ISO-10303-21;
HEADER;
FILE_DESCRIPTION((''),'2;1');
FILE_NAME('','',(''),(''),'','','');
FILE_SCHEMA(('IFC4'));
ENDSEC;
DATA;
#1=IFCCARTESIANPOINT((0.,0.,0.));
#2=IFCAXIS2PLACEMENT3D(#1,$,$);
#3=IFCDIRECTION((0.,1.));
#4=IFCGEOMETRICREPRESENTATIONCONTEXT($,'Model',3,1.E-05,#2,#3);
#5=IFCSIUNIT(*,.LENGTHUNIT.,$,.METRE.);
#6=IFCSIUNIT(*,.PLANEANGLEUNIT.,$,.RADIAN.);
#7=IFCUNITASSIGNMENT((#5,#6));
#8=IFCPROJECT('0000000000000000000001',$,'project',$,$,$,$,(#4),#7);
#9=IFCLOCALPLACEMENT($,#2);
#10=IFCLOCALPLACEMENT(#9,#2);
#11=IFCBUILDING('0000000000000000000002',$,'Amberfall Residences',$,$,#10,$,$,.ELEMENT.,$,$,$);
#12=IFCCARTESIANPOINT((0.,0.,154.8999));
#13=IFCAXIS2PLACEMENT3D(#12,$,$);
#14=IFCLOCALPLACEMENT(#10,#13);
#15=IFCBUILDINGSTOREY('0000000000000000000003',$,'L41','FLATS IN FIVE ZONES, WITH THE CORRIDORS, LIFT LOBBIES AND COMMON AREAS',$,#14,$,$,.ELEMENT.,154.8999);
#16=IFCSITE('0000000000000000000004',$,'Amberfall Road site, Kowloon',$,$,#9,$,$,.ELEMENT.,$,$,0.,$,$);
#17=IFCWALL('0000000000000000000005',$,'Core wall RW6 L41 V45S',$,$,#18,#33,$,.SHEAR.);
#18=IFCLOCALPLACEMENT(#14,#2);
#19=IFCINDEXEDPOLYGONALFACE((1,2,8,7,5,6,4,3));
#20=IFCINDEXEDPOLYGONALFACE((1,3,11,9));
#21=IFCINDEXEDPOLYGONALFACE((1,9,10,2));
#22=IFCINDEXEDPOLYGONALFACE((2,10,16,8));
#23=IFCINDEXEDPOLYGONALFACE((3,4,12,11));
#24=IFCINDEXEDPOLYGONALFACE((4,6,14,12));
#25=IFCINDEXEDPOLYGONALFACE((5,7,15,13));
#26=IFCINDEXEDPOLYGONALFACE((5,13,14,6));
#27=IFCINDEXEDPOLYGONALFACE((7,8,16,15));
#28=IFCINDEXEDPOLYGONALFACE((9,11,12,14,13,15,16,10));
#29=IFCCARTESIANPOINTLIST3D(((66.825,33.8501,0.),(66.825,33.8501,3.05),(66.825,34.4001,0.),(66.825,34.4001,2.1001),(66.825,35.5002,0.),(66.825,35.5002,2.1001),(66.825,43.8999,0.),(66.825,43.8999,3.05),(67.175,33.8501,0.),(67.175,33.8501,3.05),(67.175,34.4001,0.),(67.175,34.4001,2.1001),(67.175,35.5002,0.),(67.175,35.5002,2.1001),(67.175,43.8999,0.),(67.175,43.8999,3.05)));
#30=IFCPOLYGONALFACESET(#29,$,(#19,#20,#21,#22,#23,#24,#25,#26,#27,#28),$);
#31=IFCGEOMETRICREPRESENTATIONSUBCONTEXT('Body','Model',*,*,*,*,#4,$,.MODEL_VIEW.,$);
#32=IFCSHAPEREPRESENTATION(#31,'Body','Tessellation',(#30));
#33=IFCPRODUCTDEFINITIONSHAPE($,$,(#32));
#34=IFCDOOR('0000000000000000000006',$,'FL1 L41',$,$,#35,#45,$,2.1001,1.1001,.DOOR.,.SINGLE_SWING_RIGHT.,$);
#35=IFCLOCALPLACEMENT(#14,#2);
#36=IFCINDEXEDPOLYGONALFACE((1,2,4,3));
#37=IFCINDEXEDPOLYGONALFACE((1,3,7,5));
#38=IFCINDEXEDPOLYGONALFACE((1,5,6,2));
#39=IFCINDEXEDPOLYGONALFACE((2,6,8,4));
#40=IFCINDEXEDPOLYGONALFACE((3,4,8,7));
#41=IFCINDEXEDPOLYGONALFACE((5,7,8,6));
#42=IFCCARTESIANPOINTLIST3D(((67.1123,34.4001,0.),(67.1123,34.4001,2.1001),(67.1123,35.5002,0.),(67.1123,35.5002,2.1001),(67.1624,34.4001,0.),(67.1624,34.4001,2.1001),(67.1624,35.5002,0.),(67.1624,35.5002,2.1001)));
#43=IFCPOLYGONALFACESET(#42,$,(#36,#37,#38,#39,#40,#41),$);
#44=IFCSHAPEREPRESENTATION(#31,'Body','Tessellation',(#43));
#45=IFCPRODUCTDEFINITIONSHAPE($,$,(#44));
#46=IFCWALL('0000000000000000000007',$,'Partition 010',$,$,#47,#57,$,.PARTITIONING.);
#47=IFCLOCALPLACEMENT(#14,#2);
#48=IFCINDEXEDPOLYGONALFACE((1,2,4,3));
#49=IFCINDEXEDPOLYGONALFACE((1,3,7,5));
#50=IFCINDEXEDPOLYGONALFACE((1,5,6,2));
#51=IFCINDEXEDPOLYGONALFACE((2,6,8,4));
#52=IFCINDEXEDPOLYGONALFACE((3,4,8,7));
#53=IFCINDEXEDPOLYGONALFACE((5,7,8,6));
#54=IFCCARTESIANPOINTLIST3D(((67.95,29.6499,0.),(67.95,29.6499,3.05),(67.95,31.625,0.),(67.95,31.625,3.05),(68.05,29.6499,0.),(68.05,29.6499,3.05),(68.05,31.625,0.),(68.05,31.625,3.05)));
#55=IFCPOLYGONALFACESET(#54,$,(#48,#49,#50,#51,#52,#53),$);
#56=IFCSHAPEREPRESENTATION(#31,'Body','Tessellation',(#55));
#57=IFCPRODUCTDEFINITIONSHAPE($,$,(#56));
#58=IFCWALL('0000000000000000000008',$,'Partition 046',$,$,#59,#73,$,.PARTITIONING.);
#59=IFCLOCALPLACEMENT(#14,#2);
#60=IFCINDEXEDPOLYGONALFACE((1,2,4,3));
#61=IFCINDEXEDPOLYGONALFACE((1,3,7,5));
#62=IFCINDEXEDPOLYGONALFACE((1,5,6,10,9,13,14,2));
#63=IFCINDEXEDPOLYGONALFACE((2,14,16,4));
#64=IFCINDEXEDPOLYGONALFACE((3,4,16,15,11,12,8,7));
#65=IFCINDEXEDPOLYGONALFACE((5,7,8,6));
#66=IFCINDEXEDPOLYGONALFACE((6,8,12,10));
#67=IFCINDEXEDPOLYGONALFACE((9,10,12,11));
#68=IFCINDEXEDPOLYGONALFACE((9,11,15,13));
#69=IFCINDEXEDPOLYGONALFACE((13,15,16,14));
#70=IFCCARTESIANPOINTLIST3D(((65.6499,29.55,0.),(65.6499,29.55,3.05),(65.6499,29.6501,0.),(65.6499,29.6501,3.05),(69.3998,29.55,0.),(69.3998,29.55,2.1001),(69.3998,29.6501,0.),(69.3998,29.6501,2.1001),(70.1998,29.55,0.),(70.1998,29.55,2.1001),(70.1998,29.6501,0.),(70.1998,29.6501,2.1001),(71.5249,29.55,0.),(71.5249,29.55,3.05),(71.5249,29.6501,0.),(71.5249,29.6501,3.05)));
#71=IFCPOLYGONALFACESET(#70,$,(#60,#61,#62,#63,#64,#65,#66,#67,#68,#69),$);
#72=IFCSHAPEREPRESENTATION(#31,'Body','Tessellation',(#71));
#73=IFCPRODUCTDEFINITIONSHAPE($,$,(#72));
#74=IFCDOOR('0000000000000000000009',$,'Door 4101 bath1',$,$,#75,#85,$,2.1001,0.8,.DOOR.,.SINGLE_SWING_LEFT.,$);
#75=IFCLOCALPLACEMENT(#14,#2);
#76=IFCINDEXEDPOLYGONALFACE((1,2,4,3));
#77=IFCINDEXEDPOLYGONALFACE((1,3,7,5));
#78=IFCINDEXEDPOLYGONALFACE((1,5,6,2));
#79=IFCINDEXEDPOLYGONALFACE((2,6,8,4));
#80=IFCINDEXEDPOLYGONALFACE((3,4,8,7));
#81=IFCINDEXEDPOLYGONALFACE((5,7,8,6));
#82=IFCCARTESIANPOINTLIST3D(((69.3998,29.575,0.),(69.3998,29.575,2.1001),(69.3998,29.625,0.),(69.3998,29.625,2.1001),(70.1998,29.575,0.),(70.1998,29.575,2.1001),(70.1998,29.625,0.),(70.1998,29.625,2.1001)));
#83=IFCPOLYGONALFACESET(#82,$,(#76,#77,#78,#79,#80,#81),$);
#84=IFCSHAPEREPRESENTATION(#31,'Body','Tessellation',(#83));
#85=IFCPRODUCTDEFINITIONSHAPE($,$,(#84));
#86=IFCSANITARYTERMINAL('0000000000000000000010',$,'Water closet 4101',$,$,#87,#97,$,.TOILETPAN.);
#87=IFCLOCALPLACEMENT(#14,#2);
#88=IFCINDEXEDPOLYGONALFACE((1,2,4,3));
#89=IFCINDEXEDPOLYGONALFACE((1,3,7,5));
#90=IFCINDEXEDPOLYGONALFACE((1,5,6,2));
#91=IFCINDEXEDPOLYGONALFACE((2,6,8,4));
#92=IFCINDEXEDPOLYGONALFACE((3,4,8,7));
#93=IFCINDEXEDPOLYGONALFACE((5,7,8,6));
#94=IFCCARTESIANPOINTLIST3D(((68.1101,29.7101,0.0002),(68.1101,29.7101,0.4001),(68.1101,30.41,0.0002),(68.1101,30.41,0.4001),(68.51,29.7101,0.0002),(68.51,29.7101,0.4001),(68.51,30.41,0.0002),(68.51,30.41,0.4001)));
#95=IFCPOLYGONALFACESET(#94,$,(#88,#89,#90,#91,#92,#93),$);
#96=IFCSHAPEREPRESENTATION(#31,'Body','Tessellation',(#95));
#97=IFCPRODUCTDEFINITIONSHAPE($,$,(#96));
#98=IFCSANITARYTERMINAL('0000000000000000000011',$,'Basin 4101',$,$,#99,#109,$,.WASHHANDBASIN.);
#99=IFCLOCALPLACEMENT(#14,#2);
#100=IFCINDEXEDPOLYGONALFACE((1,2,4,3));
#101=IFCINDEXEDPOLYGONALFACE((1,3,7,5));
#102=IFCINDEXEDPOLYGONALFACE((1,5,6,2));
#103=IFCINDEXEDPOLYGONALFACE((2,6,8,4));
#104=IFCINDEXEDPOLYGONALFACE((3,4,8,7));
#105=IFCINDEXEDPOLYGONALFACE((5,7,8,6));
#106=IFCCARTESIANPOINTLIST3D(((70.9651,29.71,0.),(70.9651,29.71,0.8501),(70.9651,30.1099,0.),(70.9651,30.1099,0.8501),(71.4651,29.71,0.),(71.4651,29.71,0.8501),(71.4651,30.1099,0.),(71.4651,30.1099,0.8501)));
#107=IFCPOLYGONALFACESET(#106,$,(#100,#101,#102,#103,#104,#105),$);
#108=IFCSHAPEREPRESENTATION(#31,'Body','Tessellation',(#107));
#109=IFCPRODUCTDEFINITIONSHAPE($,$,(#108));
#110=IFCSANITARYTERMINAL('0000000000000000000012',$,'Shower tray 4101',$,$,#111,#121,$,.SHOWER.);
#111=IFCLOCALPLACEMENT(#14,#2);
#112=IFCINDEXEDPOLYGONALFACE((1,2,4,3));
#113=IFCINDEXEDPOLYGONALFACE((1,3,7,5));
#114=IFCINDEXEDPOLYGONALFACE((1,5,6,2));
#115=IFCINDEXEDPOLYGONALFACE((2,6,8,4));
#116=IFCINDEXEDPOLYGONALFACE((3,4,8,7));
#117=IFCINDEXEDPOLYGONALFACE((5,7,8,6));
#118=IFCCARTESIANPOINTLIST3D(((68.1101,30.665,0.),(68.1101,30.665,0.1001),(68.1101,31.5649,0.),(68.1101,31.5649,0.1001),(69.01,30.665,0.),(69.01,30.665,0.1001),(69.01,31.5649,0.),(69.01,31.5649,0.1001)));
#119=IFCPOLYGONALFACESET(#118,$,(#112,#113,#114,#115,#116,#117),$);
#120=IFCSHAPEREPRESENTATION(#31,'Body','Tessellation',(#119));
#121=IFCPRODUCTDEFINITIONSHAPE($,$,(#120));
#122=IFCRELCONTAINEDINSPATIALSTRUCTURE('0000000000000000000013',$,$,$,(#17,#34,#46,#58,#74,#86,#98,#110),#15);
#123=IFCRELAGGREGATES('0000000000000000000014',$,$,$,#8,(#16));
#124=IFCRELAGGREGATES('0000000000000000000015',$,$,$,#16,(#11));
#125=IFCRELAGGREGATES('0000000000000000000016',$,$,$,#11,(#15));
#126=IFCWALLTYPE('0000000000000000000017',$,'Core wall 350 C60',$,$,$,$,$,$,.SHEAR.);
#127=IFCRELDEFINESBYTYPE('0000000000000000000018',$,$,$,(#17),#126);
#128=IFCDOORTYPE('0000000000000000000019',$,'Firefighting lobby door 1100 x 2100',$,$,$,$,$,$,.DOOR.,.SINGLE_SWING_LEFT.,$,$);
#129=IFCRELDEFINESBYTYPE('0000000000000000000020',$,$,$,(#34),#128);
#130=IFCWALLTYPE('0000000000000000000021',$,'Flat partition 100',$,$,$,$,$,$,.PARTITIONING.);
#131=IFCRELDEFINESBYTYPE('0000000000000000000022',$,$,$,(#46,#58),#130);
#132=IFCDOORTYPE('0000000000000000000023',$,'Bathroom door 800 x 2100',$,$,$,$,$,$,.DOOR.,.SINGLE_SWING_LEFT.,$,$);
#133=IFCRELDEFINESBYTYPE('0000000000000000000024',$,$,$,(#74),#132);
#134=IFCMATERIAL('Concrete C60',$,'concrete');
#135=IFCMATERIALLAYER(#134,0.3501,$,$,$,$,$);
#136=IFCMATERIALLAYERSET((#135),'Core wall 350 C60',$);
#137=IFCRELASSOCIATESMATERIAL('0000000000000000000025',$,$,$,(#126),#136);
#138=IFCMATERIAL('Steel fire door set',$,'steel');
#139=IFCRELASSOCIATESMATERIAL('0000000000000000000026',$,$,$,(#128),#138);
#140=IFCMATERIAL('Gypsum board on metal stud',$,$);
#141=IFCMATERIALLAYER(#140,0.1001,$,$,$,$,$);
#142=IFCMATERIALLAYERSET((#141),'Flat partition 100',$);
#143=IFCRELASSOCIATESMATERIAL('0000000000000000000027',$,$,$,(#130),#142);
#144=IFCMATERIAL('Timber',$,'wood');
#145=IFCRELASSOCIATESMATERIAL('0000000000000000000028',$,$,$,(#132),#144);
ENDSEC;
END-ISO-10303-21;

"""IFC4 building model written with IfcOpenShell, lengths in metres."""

from ifc_helpers import new_model, si_unit, direction, frame, frame_2d, origin, origin_2d, place, context, subcontext, project, spatial, rectangle, extrude, material, layer, layer_set, type_object, element, fill, save


model = new_model("IFC4")

# Units and contexts
model_context = context("Model", 3, precision=1e-05, world=origin(), true_north=direction((0.0, 1.0)))
body_context = subcontext(model_context, "Body", "Model", "MODEL_VIEW")
ifc_project = project(units=[si_unit("LENGTHUNIT", "METRE"), si_unit("PLANEANGLEUNIT", "RADIAN")], contexts=[model_context])

# Site, building, storey
site_placement = place(None, origin())
site = spatial("IfcSite", under=ifc_project, at=site_placement, Name="Amberfall Road site, Kowloon", CompositionType="ELEMENT", RefElevation=0.0)
building_placement = place(site_placement, origin())
building = spatial("IfcBuilding", under=site, at=building_placement, Name="Amberfall Residences", CompositionType="ELEMENT")
storey_placement = place(building_placement, frame((0.0, 0.0, 154.8999)))
storey = spatial("IfcBuildingStorey", under=building, at=storey_placement, Name="L41", Description="FLATS IN FIVE ZONES, WITH THE CORRIDORS, LIFT LOBBIES AND COMMON AREAS", CompositionType="ELEMENT", Elevation=154.8999)

# Wall, opening, door
ifc_material_1 = material(Name="Concrete C60", Category="concrete")
ifc_layer_1 = layer(ifc_material_1, 0.3501)
ifc_layer_set_1 = layer_set([ifc_layer_1], Name="Core wall 350 C60")
wall_type_1 = type_object("IfcWallType", Name="Core wall 350 C60", PredefinedType="SHEAR", material=ifc_layer_set_1)
wall_1_placement = place(storey_placement, frame((67.0, 33.8501, 0.0), z_axis=(0.0, 0.0, 1.0), x_axis=(0.0, 1.0, 0.0)))
wall_1 = element("IfcWall", 1, at=wall_1_placement, inside=storey, type_object=wall_type_1, Name="Core wall RW6 L41 V45S", PredefinedType="SHEAR", context=body_context, shape_type="SweptSolid", body=[
    extrude(rectangle(XDim=10.0498, YDim=0.3501, at=frame_2d((5.0249, 0.0))), origin(), (0.0, 0.0, 1.0), 3.05),
])
opening_1_placement = place(wall_1_placement, frame((0.55, 0.0, 0.0)))
opening_1 = element("IfcOpeningElement", 2, at=opening_1_placement, cuts=wall_1, PredefinedType="OPENING", context=body_context, shape_type="SweptSolid", body=[
    extrude(rectangle(XDim=1.1001, YDim=2.1001, at=frame_2d((0.55, 1.05))), frame((0.0, 0.1851, 0.0), z_axis=(0.0, -1.0, 0.0), x_axis=(1.0, 0.0, 0.0)), (0.0, 0.0, 1.0), 0.3701),
])
ifc_material_2 = material(Name="Steel fire door set", Category="steel")
door_type_1 = type_object("IfcDoorType", Name="Firefighting lobby door 1100 x 2100", OperationType="SINGLE_SWING_LEFT", PredefinedType="DOOR", material=ifc_material_2)
door_1_placement = place(opening_1_placement, origin())
door_1 = element("IfcDoor", 3, at=door_1_placement, inside=storey, type_object=door_type_1, Name="FL1 L41", OperationType="SINGLE_SWING_RIGHT", OverallHeight=2.1001, OverallWidth=1.1001, PredefinedType="DOOR", context=body_context, shape_type="SweptSolid", body=[
    extrude(rectangle(XDim=1.1001, YDim=2.1001, at=frame_2d((0.55, 1.05))), frame((0.0, -0.1123, 0.0), z_axis=(0.0, -1.0, 0.0), x_axis=(1.0, 0.0, 0.0)), (0.0, 0.0, 1.0), 0.05),
])
fill(opening_1, door_1)

# Wall
ifc_material_3 = material(Name="Gypsum board on metal stud")
ifc_layer_2 = layer(ifc_material_3, 0.1001)
ifc_layer_set_2 = layer_set([ifc_layer_2], Name="Flat partition 100")
wall_type_2 = type_object("IfcWallType", Name="Flat partition 100", PredefinedType="PARTITIONING", material=ifc_layer_set_2)
wall_2_placement = place(storey_placement, frame((68.0, 29.6499, 0.0), z_axis=(0.0, 0.0, 1.0), x_axis=(0.0, 1.0, 0.0)))
element("IfcWall", 4, at=wall_2_placement, inside=storey, type_object=wall_type_2, Name="Partition 010", PredefinedType="PARTITIONING", context=body_context, shape_type="SweptSolid", body=[
    extrude(rectangle(XDim=1.9751, YDim=0.1001, at=frame_2d((0.9875, 0.0))), origin(), (0.0, 0.0, 1.0), 3.05),
])

# Wall, opening, door
wall_3_placement = place(storey_placement, frame((65.6499, 29.6001, 0.0), z_axis=(0.0, 0.0, 1.0), x_axis=(1.0, 0.0, 0.0)))
wall_3 = element("IfcWall", 5, at=wall_3_placement, inside=storey, type_object=wall_type_2, Name="Partition 046", PredefinedType="PARTITIONING", context=body_context, shape_type="SweptSolid", body=[
    extrude(rectangle(XDim=5.875, YDim=0.1001, at=frame_2d((2.9375, 0.0))), origin(), (0.0, 0.0, 1.0), 3.05),
])
opening_2_placement = place(wall_3_placement, frame((3.75, 0.0, 0.0)))
opening_2 = element("IfcOpeningElement", 6, at=opening_2_placement, cuts=wall_3, PredefinedType="OPENING", context=body_context, shape_type="SweptSolid", body=[
    extrude(rectangle(XDim=0.8, YDim=2.1001, at=frame_2d((0.3999, 1.05))), frame((0.0, 0.0601, 0.0), z_axis=(0.0, -1.0, 0.0), x_axis=(1.0, 0.0, 0.0)), (0.0, 0.0, 1.0), 0.1201),
])
ifc_material_4 = material(Name="Timber", Category="wood")
door_type_2 = type_object("IfcDoorType", Name="Bathroom door 800 x 2100", OperationType="SINGLE_SWING_LEFT", PredefinedType="DOOR", material=ifc_material_4)
door_2_placement = place(opening_2_placement, origin())
door_2 = element("IfcDoor", 7, at=door_2_placement, inside=storey, type_object=door_type_2, Name="Door 4101 bath1", OperationType="SINGLE_SWING_LEFT", OverallHeight=2.1001, OverallWidth=0.8, PredefinedType="DOOR", context=body_context, shape_type="SweptSolid", body=[
    extrude(rectangle(XDim=0.8, YDim=2.1001, at=frame_2d((0.3999, 1.05))), frame((0.0, 0.0249, 0.0), z_axis=(0.0, -1.0, 0.0), x_axis=(1.0, 0.0, 0.0)), (0.0, 0.0, 1.0), 0.05),
])
fill(opening_2, door_2)

# Sanitary terminals
sanitary_terminal_1_placement = place(storey_placement, frame((68.3101, 30.0601, 0.0002), z_axis=(0.0, 0.0, 1.0), x_axis=(1.0, 0.0, 0.0)))
element("IfcSanitaryTerminal", 8, at=sanitary_terminal_1_placement, inside=storey, Name="Water closet 4101", PredefinedType="TOILETPAN", context=body_context, shape_type="SweptSolid", body=[
    extrude(rectangle(XDim=0.3999, YDim=0.7, at=origin_2d()), origin(), (0.0, 0.0, 1.0), 0.3999),
])
sanitary_terminal_2_placement = place(storey_placement, frame((71.2151, 29.9099, 0.0), z_axis=(0.0, 0.0, 1.0), x_axis=(1.0, 0.0, 0.0)))
element("IfcSanitaryTerminal", 9, at=sanitary_terminal_2_placement, inside=storey, Name="Basin 4101", PredefinedType="WASHHANDBASIN", context=body_context, shape_type="SweptSolid", body=[
    extrude(rectangle(XDim=0.5, YDim=0.3999, at=origin_2d()), origin(), (0.0, 0.0, 1.0), 0.8501),
])
sanitary_terminal_3_placement = place(storey_placement, frame((68.5601, 31.115, 0.0), z_axis=(0.0, 0.0, 1.0), x_axis=(1.0, 0.0, 0.0)))
element("IfcSanitaryTerminal", 10, at=sanitary_terminal_3_placement, inside=storey, Name="Shower tray 4101", PredefinedType="SHOWER", context=body_context, shape_type="SweptSolid", body=[
    extrude(rectangle(XDim=0.8999, YDim=0.8999, at=origin_2d()), origin(), (0.0, 0.0, 1.0), 0.1001),
])

save(model, "model.ifc")
